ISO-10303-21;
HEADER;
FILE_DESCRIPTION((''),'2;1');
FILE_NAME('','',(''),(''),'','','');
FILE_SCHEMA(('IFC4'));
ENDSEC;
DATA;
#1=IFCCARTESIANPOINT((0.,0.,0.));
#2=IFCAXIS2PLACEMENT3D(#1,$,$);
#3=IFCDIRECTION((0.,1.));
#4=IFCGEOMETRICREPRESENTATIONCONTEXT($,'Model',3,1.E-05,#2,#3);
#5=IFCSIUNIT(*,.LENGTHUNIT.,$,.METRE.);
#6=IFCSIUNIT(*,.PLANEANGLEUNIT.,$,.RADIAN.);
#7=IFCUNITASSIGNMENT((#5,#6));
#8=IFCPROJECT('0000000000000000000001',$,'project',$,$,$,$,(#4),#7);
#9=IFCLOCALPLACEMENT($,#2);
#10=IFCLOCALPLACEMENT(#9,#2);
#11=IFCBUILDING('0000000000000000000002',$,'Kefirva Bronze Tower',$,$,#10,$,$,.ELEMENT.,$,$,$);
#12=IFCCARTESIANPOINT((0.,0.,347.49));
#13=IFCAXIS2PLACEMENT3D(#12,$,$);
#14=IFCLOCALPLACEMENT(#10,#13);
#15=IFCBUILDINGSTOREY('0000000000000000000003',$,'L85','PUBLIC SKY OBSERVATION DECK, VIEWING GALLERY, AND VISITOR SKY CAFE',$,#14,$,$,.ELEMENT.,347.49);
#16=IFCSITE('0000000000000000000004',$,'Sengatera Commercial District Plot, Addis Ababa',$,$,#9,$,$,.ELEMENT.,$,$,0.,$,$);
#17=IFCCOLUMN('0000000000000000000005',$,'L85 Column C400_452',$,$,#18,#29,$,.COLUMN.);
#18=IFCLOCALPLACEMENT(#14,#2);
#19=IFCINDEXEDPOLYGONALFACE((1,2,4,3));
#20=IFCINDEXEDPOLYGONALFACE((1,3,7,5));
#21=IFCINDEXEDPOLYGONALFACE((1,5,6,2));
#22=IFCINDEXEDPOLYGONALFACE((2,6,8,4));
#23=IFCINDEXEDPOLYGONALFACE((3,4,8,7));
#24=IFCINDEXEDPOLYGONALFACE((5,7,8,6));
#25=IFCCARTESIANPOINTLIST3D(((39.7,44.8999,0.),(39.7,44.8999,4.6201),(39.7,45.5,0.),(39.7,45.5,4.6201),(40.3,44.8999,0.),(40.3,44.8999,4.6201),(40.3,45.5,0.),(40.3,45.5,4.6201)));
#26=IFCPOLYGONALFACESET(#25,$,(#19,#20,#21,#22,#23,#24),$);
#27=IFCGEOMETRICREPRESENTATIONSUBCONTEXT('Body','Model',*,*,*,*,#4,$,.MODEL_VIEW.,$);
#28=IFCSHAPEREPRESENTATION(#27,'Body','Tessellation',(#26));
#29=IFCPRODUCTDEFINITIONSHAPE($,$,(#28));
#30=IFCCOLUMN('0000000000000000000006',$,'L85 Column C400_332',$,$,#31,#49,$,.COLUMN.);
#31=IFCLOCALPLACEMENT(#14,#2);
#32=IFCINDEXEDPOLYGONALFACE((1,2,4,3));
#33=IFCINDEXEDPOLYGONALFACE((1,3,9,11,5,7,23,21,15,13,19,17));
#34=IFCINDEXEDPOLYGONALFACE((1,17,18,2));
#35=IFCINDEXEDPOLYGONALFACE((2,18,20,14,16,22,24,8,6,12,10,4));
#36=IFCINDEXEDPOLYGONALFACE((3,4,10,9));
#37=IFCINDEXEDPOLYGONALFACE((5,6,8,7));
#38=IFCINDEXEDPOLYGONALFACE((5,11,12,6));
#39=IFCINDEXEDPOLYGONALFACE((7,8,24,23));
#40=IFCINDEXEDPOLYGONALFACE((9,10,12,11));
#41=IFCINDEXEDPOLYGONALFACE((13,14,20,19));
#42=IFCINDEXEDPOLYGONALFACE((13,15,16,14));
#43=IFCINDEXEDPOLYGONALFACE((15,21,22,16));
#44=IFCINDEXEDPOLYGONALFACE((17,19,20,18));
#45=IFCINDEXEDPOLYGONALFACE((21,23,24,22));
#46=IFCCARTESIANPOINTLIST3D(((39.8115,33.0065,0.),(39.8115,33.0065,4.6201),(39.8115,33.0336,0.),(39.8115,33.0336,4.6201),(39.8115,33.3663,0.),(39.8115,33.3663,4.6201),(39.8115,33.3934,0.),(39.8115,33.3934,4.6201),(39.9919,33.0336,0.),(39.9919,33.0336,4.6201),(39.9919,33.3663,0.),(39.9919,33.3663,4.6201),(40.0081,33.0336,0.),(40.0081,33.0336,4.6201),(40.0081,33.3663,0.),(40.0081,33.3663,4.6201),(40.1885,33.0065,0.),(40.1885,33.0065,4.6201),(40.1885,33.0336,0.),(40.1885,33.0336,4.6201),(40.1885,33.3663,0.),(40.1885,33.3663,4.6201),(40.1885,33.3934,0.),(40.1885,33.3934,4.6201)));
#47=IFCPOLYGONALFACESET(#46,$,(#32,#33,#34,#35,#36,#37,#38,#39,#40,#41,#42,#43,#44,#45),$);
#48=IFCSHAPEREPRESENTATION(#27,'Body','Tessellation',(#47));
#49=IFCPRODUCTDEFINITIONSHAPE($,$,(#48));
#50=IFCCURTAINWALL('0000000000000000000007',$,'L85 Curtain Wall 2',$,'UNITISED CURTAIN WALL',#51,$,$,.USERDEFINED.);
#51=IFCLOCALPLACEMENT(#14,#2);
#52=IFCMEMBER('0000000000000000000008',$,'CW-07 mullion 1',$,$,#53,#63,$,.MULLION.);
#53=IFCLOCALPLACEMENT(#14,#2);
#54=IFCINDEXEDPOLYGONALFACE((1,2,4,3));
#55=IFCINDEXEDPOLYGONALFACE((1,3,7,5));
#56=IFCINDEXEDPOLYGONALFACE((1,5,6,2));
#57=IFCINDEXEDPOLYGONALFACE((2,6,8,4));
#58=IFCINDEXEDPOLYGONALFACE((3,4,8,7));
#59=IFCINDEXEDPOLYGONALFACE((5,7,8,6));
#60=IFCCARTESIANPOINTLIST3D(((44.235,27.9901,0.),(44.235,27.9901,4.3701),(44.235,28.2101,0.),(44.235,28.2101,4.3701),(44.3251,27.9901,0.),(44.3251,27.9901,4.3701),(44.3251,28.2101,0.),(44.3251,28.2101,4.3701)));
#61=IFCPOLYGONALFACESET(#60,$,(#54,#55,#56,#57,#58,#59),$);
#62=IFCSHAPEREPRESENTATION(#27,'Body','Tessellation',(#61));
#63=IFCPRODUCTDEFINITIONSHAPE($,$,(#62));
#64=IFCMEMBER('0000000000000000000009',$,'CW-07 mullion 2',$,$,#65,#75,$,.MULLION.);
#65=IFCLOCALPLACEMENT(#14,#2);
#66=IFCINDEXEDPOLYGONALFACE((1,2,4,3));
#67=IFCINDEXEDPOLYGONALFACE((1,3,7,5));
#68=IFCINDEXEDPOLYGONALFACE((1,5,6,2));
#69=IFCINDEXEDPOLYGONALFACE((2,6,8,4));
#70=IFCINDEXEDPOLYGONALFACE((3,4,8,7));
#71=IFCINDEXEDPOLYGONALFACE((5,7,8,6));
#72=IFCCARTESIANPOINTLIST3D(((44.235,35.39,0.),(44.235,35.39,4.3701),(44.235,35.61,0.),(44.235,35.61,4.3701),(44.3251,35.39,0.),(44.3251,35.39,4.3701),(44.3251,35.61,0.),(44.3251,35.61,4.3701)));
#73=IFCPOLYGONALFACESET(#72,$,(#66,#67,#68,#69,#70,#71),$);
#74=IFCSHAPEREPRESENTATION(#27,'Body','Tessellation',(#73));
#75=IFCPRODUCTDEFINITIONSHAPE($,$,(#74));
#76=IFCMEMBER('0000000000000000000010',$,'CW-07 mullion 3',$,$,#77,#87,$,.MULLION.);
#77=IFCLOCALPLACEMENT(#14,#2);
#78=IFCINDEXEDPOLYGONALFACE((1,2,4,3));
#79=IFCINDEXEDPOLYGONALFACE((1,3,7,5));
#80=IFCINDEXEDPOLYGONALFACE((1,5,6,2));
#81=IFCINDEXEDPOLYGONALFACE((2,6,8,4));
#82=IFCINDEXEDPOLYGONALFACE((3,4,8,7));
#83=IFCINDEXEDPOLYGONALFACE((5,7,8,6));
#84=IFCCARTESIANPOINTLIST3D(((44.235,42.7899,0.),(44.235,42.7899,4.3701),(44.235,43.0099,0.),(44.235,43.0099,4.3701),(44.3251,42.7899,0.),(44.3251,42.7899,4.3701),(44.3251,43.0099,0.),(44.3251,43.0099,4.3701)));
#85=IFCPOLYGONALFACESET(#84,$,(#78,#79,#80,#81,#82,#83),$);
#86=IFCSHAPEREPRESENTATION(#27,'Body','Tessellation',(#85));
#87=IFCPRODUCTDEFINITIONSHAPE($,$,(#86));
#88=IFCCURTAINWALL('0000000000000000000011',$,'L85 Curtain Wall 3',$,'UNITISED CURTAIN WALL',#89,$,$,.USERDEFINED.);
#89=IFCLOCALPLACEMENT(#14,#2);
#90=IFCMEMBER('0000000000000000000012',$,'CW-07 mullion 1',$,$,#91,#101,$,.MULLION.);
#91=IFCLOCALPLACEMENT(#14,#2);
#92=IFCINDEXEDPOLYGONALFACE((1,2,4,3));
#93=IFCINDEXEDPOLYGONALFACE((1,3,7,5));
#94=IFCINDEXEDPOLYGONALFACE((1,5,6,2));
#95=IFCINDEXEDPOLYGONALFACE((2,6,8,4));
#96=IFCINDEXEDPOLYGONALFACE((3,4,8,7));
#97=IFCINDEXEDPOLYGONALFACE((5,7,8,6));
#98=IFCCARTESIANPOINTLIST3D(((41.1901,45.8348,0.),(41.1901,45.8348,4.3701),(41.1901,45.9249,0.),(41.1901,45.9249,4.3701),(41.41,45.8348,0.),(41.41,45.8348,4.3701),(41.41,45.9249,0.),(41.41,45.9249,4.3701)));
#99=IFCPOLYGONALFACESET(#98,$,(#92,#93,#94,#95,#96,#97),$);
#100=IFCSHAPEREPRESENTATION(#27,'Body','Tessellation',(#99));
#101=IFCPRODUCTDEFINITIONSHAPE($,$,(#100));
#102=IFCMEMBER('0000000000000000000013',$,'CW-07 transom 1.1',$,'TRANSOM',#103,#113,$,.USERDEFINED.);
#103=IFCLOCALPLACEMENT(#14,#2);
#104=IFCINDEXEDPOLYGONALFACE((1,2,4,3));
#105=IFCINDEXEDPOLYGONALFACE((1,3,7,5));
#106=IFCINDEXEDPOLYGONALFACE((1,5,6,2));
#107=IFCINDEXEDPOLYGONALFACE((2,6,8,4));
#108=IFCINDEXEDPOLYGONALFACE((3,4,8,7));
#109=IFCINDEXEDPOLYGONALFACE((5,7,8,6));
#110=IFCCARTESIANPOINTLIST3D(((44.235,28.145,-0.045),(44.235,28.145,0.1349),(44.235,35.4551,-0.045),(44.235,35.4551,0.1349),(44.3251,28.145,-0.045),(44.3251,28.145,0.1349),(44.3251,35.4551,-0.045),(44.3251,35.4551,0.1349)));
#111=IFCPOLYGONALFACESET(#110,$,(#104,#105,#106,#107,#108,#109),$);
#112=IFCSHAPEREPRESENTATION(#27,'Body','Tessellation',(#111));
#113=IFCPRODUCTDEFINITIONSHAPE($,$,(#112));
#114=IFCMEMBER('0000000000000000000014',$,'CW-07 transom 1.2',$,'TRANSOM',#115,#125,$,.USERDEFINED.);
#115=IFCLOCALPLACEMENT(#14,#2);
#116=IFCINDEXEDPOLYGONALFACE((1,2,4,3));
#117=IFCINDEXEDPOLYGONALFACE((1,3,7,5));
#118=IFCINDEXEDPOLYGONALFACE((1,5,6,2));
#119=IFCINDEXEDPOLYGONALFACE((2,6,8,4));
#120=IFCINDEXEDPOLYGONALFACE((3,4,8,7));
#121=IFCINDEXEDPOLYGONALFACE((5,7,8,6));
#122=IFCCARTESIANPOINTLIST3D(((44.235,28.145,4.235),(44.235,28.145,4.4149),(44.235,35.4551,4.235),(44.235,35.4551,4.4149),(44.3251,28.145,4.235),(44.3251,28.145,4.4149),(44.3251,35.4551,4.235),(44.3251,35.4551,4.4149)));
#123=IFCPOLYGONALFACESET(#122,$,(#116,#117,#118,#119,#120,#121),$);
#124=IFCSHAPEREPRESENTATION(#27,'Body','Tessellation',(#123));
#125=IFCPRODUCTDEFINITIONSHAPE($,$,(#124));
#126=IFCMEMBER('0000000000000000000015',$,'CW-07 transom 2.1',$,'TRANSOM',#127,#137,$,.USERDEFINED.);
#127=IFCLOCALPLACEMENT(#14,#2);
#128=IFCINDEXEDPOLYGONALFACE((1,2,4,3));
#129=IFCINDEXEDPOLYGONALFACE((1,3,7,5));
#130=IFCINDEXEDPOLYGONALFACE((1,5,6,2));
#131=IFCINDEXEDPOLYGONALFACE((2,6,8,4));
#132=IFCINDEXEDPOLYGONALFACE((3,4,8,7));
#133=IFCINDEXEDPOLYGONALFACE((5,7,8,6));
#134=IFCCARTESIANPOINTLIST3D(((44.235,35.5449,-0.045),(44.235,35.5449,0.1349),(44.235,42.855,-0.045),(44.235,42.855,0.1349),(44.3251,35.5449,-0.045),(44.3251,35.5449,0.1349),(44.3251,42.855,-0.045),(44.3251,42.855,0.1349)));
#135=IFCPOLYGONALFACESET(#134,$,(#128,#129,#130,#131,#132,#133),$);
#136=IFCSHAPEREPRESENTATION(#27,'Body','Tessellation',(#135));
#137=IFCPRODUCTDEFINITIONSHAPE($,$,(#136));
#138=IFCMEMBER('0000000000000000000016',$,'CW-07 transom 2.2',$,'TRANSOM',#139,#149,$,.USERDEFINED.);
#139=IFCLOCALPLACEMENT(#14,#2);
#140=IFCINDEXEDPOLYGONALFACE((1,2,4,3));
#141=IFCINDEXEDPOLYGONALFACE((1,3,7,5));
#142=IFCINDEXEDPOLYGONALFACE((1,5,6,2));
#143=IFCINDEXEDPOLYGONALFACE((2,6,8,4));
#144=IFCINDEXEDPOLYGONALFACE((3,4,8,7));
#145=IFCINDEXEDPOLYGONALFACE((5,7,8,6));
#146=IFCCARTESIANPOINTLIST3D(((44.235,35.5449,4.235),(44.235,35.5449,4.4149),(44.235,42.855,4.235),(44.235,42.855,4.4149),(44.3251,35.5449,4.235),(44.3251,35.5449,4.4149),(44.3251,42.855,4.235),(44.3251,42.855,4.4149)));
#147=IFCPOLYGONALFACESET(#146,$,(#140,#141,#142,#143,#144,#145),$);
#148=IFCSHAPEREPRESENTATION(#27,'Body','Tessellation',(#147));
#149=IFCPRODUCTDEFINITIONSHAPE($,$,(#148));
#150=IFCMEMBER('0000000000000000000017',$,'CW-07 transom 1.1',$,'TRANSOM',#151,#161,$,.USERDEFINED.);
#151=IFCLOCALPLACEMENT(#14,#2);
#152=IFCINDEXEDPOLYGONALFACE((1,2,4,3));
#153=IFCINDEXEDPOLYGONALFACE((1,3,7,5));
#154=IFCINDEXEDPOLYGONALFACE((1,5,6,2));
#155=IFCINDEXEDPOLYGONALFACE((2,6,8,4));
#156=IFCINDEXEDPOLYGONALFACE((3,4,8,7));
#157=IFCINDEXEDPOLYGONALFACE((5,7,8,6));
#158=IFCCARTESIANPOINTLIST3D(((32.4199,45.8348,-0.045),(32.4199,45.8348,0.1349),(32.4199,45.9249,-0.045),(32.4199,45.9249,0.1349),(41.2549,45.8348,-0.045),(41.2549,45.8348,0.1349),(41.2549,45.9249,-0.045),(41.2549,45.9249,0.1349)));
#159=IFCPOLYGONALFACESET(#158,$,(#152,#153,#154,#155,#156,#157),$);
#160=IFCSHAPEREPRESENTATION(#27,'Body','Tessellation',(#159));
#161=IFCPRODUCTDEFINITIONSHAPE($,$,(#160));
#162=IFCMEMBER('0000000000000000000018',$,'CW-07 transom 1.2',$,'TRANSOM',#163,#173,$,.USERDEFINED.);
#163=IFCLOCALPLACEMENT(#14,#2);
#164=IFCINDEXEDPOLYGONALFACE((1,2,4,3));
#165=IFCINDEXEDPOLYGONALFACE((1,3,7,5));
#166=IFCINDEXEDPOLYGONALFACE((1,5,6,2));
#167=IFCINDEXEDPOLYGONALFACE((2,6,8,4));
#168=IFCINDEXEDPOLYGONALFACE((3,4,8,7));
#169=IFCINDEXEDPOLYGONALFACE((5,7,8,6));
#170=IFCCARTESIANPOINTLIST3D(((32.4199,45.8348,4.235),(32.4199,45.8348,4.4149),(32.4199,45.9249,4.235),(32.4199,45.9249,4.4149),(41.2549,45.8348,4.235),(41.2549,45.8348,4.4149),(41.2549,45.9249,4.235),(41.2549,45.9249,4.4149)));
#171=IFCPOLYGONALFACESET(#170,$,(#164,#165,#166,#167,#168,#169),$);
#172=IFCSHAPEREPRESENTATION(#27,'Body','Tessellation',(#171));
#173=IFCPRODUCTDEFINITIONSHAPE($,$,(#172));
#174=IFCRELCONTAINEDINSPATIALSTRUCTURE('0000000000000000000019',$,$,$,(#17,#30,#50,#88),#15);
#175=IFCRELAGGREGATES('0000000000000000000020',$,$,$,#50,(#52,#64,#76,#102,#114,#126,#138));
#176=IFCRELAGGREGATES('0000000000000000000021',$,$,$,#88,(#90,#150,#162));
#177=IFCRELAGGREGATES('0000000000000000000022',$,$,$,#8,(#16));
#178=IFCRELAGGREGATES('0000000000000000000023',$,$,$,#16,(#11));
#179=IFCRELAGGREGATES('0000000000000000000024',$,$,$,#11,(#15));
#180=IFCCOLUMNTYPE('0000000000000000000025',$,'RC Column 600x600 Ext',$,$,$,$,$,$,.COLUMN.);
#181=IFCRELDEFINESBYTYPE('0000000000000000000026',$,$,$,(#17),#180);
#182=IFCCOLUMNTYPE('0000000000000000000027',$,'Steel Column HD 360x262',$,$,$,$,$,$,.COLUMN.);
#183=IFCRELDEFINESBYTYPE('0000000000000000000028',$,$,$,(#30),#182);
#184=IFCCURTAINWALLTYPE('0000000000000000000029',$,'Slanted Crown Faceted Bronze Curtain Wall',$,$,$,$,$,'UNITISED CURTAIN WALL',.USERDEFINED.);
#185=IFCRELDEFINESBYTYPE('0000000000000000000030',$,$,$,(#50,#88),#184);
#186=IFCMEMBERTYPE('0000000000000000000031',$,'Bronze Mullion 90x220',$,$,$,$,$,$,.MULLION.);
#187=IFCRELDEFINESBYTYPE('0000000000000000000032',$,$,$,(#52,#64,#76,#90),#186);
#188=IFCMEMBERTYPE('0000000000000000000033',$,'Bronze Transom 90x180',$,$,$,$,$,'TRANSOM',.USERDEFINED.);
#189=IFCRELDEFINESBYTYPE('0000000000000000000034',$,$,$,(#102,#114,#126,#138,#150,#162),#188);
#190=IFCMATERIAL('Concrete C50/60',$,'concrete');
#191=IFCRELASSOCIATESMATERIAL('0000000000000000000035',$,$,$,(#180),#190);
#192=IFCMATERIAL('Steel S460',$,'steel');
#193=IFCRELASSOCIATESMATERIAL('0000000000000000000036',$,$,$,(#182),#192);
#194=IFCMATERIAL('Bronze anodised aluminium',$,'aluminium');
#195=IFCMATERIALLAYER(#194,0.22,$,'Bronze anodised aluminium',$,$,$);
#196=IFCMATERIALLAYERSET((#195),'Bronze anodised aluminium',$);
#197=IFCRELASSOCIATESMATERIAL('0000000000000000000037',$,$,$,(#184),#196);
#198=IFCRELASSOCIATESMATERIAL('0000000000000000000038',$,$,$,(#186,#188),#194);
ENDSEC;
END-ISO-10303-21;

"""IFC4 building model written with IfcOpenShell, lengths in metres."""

from ifc_helpers import new_model, si_unit, direction, frame, origin, origin_2d, place, context, subcontext, project, spatial, rectangle, i_section, extrude, material, layer, layer_set, material_profile, profile_set, type_object, element, aggregate, save


model = new_model("IFC4")

# Units and contexts
model_context = context("Model", 3, precision=1e-05, world=origin(), true_north=direction((0.0, 1.0)))
body_context = subcontext(model_context, "Body", "Model", "MODEL_VIEW")
ifc_project = project(units=[si_unit("LENGTHUNIT", "METRE"), si_unit("PLANEANGLEUNIT", "RADIAN")], contexts=[model_context])

# Site, building, storey
site_placement = place(None, origin())
site = spatial("IfcSite", under=ifc_project, at=site_placement, Name="Sengatera Commercial District Plot, Addis Ababa", CompositionType="ELEMENT", RefElevation=0.0)
building_placement = place(site_placement, origin())
building = spatial("IfcBuilding", under=site, at=building_placement, Name="Kefirva Bronze Tower", CompositionType="ELEMENT")
storey_placement = place(building_placement, frame((0.0, 0.0, 347.49)))
storey = spatial("IfcBuildingStorey", under=building, at=storey_placement, Name="L85", Description="PUBLIC SKY OBSERVATION DECK, VIEWING GALLERY, AND VISITOR SKY CAFE", CompositionType="ELEMENT", Elevation=347.49)

# Columns
ifc_material_1 = material(Name="Concrete C50/60", Category="concrete")
ifc_material_profile_1 = material_profile(ifc_material_1, rectangle(XDim=0.6001, YDim=0.6001, at=origin_2d()), Name="RC 600x600")
ifc_profile_set_1 = profile_set([ifc_material_profile_1], Name="Concrete C50/60")
column_type_1 = type_object("IfcColumnType", Name="RC Column 600x600 Ext", PredefinedType="COLUMN", material=ifc_profile_set_1)
column_1_placement = place(storey_placement, frame((40.0, 45.2, 0.0), z_axis=(0.0, 0.0, 1.0), x_axis=(1.0, 0.0, 0.0)))
element("IfcColumn", 1, at=column_1_placement, inside=storey, type_object=column_type_1, Name="L85 Column C400_452", PredefinedType="COLUMN", context=body_context, shape_type="SweptSolid", body=[
    extrude(rectangle(XDim=0.6001, YDim=0.6001, at=origin_2d()), origin(), (0.0, 0.0, 1.0), 4.6201),
])
ifc_material_2 = material(Name="Steel S460", Category="steel")
ifc_material_profile_2 = material_profile(ifc_material_2, i_section(OverallWidth=0.377, OverallDepth=0.387, WebThickness=0.0161, FlangeThickness=0.0271, at=origin_2d()), Name="HD 360x262")
ifc_profile_set_2 = profile_set([ifc_material_profile_2], Name="Steel S460")
column_type_2 = type_object("IfcColumnType", Name="Steel Column HD 360x262", PredefinedType="COLUMN", material=ifc_profile_set_2)
column_2_placement = place(storey_placement, frame((40.0, 33.2, 0.0), z_axis=(0.0, 0.0, 1.0), x_axis=(1.0, 0.0, 0.0)))
element("IfcColumn", 2, at=column_2_placement, inside=storey, type_object=column_type_2, Name="L85 Column C400_332", PredefinedType="COLUMN", context=body_context, shape_type="SweptSolid", body=[
    extrude(i_section(OverallWidth=0.377, OverallDepth=0.387, WebThickness=0.0161, FlangeThickness=0.0271, at=origin_2d()), origin(), (0.0, 0.0, 1.0), 4.6201),
])

# Curtain wall, members
ifc_material_3 = material(Name="Bronze anodised aluminium", Category="aluminium")
ifc_layer_1 = layer(ifc_material_3, 0.22, Name="Bronze anodised aluminium")
ifc_layer_set_1 = layer_set([ifc_layer_1], Name="Bronze anodised aluminium")
curtain_wall_type = type_object("IfcCurtainWallType", Name="Slanted Crown Faceted Bronze Curtain Wall", ElementType="UNITISED CURTAIN WALL", PredefinedType="USERDEFINED", material=ifc_layer_set_1)
curtain_wall_1_placement = place(storey_placement, origin())
curtain_wall_1 = element("IfcCurtainWall", 3, at=curtain_wall_1_placement, inside=storey, type_object=curtain_wall_type, Name="L85 Curtain Wall 2", ObjectType="UNITISED CURTAIN WALL", PredefinedType="USERDEFINED")
ifc_material_profile_3 = material_profile(ifc_material_3, rectangle(XDim=0.0901, YDim=0.22, at=origin_2d()), Name="ALU 90x220")
ifc_profile_set_3 = profile_set([ifc_material_profile_3], Name="Bronze anodised aluminium")
member_type_1 = type_object("IfcMemberType", Name="Bronze Mullion 90x220", PredefinedType="MULLION", material=ifc_profile_set_3)
member_1_placement = place(storey_placement, frame((44.28, 28.1001, 0.0), z_axis=(0.0, 0.0, 1.0), x_axis=(-1.0, 0.0, 0.0)))
member_1 = element("IfcMember", 4, at=member_1_placement, type_object=member_type_1, Name="CW-07 mullion 1", PredefinedType="MULLION", context=body_context, shape_type="SweptSolid", body=[
    extrude(rectangle(XDim=0.0901, YDim=0.22, at=origin_2d()), origin(), (0.0, 0.0, 1.0), 4.3701),
])
member_2_placement = place(storey_placement, frame((44.28, 35.5, 0.0), z_axis=(0.0, 0.0, 1.0), x_axis=(-1.0, 0.0, 0.0)))
member_2 = element("IfcMember", 5, at=member_2_placement, type_object=member_type_1, Name="CW-07 mullion 2", PredefinedType="MULLION", context=body_context, shape_type="SweptSolid", body=[
    extrude(rectangle(XDim=0.0901, YDim=0.22, at=origin_2d()), origin(), (0.0, 0.0, 1.0), 4.3701),
])
member_3_placement = place(storey_placement, frame((44.28, 42.8999, 0.0), z_axis=(0.0, 0.0, 1.0), x_axis=(-1.0, 0.0, 0.0)))
member_3 = element("IfcMember", 6, at=member_3_placement, type_object=member_type_1, Name="CW-07 mullion 3", PredefinedType="MULLION", context=body_context, shape_type="SweptSolid", body=[
    extrude(rectangle(XDim=0.0901, YDim=0.22, at=origin_2d()), origin(), (0.0, 0.0, 1.0), 4.3701),
])

# Curtain wall, member
curtain_wall_2_placement = place(storey_placement, origin())
curtain_wall_2 = element("IfcCurtainWall", 7, at=curtain_wall_2_placement, inside=storey, type_object=curtain_wall_type, Name="L85 Curtain Wall 3", ObjectType="UNITISED CURTAIN WALL", PredefinedType="USERDEFINED")
member_4_placement = place(storey_placement, frame((41.3, 45.8799, 0.0), z_axis=(0.0, 0.0, 1.0), x_axis=(0.0, -1.0, 0.0)))
member_4 = element("IfcMember", 8, at=member_4_placement, type_object=member_type_1, Name="CW-07 mullion 1", PredefinedType="MULLION", context=body_context, shape_type="SweptSolid", body=[
    extrude(rectangle(XDim=0.0901, YDim=0.22, at=origin_2d()), origin(), (0.0, 0.0, 1.0), 4.3701),
])

# Members
ifc_material_profile_4 = material_profile(ifc_material_3, rectangle(XDim=0.0901, YDim=0.1799, at=origin_2d()), Name="ALU 90x180")
ifc_profile_set_4 = profile_set([ifc_material_profile_4], Name="Bronze anodised aluminium")
member_type_2 = type_object("IfcMemberType", Name="Bronze Transom 90x180", ElementType="TRANSOM", PredefinedType="USERDEFINED", material=ifc_profile_set_4)
member_5_placement = place(storey_placement, frame((44.28, 28.145, 0.0449), z_axis=(0.0, 1.0, 0.0), x_axis=(-1.0, 0.0, 0.0)))
member_5 = element("IfcMember", 9, at=member_5_placement, type_object=member_type_2, Name="CW-07 transom 1.1", ObjectType="TRANSOM", PredefinedType="USERDEFINED", context=body_context, shape_type="SweptSolid", body=[
    extrude(rectangle(XDim=0.0901, YDim=0.1799, at=origin_2d()), origin(), (0.0, 0.0, 1.0), 7.3101),
])
member_6_placement = place(storey_placement, frame((44.28, 28.145, 4.325), z_axis=(0.0, 1.0, 0.0), x_axis=(-1.0, 0.0, 0.0)))
member_6 = element("IfcMember", 10, at=member_6_placement, type_object=member_type_2, Name="CW-07 transom 1.2", ObjectType="TRANSOM", PredefinedType="USERDEFINED", context=body_context, shape_type="SweptSolid", body=[
    extrude(rectangle(XDim=0.0901, YDim=0.1799, at=origin_2d()), origin(), (0.0, 0.0, 1.0), 7.3101),
])
member_7_placement = place(storey_placement, frame((44.28, 35.5449, 0.0449), z_axis=(0.0, 1.0, 0.0), x_axis=(-1.0, 0.0, 0.0)))
member_7 = element("IfcMember", 11, at=member_7_placement, type_object=member_type_2, Name="CW-07 transom 2.1", ObjectType="TRANSOM", PredefinedType="USERDEFINED", context=body_context, shape_type="SweptSolid", body=[
    extrude(rectangle(XDim=0.0901, YDim=0.1799, at=origin_2d()), origin(), (0.0, 0.0, 1.0), 7.3101),
])
member_8_placement = place(storey_placement, frame((44.28, 35.5449, 4.325), z_axis=(0.0, 1.0, 0.0), x_axis=(-1.0, 0.0, 0.0)))
member_8 = element("IfcMember", 12, at=member_8_placement, type_object=member_type_2, Name="CW-07 transom 2.2", ObjectType="TRANSOM", PredefinedType="USERDEFINED", context=body_context, shape_type="SweptSolid", body=[
    extrude(rectangle(XDim=0.0901, YDim=0.1799, at=origin_2d()), origin(), (0.0, 0.0, 1.0), 7.3101),
])
member_9_placement = place(storey_placement, frame((41.2549, 45.8799, 0.0449), z_axis=(-1.0, 0.0, 0.0), x_axis=(0.0, -1.0, 0.0)))
member_9 = element("IfcMember", 13, at=member_9_placement, type_object=member_type_2, Name="CW-07 transom 1.1", ObjectType="TRANSOM", PredefinedType="USERDEFINED", context=body_context, shape_type="SweptSolid", body=[
    extrude(rectangle(XDim=0.0901, YDim=0.1799, at=origin_2d()), origin(), (0.0, 0.0, 1.0), 8.835),
])
member_10_placement = place(storey_placement, frame((41.2549, 45.8799, 4.325), z_axis=(-1.0, 0.0, 0.0), x_axis=(0.0, -1.0, 0.0)))
member_10 = element("IfcMember", 14, at=member_10_placement, type_object=member_type_2, Name="CW-07 transom 1.2", ObjectType="TRANSOM", PredefinedType="USERDEFINED", context=body_context, shape_type="SweptSolid", body=[
    extrude(rectangle(XDim=0.0901, YDim=0.1799, at=origin_2d()), origin(), (0.0, 0.0, 1.0), 8.835),
])

aggregate(curtain_wall_1, [member_1, member_2, member_3, member_5, member_6, member_7, member_8])
aggregate(curtain_wall_2, [member_4, member_9, member_10])

save(model, "model.ifc")
